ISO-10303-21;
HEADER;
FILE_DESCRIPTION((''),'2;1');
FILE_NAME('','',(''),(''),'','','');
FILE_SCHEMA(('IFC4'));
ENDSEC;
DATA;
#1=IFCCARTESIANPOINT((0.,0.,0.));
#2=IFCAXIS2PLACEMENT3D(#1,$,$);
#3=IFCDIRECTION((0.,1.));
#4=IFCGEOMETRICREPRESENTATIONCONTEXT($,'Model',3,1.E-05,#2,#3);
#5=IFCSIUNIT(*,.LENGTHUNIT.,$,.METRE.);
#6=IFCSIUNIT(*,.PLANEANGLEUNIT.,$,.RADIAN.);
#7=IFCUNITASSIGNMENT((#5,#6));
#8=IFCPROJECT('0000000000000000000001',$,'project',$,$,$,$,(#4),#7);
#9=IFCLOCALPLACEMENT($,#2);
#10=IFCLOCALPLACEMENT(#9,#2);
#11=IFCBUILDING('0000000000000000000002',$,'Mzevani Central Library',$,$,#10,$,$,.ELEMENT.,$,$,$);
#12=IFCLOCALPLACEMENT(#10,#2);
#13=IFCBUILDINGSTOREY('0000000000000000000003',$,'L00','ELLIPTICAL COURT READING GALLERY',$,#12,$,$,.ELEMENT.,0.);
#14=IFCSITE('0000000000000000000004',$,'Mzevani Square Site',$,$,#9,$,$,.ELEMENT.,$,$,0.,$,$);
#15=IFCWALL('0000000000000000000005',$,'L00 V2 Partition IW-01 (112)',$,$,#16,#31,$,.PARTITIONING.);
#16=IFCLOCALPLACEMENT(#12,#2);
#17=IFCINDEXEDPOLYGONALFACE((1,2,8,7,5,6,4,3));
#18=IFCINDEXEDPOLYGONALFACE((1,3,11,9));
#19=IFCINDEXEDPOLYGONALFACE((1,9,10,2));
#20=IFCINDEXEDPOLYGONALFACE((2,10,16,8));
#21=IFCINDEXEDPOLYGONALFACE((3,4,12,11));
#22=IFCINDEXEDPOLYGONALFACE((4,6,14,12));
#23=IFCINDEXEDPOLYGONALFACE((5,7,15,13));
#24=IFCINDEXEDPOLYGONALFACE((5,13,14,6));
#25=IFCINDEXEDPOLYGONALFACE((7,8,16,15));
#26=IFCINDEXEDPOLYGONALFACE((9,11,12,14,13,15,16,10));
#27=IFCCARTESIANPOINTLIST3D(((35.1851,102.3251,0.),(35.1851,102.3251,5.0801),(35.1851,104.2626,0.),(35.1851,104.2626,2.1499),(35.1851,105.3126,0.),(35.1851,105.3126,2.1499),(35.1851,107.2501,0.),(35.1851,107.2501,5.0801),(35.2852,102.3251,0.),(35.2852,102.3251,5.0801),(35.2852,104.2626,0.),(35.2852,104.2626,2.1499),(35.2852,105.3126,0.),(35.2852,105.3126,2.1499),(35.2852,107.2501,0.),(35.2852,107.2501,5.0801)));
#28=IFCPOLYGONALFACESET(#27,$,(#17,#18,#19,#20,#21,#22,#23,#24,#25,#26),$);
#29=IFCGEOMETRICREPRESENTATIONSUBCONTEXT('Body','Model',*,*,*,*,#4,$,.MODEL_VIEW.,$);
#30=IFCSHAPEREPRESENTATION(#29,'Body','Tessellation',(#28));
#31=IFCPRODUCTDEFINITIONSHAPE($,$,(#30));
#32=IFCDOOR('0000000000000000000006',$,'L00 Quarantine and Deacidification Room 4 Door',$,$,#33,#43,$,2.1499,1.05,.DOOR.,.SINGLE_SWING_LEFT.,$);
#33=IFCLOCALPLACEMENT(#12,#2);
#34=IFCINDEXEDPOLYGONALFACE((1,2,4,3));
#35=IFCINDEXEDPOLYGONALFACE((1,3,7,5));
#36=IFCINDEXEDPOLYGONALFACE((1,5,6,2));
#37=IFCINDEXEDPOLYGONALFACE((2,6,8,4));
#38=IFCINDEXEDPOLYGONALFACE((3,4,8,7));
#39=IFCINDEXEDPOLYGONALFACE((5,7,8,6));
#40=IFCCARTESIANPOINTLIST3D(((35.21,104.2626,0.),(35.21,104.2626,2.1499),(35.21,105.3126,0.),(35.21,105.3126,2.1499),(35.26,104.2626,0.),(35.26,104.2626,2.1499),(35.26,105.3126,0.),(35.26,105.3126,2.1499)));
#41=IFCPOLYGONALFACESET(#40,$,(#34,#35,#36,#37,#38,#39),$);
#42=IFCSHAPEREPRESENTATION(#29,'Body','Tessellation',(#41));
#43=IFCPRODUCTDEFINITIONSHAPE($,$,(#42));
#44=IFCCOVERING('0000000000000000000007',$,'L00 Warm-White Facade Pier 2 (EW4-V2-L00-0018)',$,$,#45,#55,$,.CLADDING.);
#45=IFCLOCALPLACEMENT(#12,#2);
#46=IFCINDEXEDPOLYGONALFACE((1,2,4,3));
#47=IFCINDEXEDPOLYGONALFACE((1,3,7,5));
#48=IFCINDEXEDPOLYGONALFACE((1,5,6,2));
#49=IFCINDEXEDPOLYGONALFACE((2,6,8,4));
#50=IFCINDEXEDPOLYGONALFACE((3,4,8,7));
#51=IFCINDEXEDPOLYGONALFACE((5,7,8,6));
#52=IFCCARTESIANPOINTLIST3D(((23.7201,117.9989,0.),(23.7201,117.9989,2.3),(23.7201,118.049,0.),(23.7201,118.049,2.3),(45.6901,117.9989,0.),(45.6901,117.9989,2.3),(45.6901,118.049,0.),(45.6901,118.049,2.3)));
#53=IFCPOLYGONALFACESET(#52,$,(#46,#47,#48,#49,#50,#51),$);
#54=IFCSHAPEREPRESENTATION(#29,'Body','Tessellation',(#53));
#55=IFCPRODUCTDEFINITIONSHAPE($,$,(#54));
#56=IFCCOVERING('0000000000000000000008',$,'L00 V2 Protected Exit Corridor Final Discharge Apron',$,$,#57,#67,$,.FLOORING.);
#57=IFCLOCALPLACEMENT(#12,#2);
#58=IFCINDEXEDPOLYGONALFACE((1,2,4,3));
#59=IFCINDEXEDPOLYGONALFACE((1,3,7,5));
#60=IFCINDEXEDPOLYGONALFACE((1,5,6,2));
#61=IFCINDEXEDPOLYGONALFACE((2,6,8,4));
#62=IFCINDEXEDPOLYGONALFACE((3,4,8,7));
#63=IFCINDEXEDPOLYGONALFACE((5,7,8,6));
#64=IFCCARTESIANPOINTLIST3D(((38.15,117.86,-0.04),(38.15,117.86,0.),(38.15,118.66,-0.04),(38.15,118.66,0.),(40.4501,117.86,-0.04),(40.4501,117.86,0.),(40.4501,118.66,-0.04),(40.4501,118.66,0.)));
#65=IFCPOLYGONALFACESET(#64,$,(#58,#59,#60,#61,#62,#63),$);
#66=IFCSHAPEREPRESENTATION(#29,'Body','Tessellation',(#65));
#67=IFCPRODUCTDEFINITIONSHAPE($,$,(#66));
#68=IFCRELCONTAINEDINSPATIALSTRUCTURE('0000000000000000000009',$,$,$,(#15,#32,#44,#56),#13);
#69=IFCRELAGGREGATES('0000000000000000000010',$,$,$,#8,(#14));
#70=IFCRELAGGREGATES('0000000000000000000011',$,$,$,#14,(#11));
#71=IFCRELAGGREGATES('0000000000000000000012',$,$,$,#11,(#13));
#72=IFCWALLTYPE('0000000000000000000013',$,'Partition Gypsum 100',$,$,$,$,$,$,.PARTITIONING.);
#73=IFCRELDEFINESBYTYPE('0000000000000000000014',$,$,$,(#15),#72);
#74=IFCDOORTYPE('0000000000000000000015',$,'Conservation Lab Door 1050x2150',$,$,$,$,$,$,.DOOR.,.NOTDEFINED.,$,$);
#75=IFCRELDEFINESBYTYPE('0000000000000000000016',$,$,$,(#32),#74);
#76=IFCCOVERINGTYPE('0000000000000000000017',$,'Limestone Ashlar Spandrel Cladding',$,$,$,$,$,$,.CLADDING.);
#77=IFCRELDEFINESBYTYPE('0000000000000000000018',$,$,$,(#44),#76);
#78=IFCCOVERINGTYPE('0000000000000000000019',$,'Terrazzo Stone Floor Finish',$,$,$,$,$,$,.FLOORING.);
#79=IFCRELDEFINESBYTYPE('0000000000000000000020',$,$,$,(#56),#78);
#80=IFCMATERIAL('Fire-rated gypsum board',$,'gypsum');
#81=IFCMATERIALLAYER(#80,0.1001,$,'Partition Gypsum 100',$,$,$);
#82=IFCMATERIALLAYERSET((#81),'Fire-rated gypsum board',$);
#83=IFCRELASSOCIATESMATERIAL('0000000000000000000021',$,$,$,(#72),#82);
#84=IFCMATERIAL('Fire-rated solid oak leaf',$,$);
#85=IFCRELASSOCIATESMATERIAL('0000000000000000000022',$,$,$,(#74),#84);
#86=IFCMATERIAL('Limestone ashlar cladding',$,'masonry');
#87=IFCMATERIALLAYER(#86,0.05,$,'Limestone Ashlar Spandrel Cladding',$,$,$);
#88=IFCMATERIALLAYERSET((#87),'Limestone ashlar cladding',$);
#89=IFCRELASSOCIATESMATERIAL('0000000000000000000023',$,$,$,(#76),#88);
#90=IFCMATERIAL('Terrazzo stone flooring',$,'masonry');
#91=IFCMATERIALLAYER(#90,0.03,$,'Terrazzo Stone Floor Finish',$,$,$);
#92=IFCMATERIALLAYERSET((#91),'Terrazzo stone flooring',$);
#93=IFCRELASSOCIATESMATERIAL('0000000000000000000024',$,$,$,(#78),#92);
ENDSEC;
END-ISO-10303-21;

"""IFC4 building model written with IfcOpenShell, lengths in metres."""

from ifc_helpers import new_model, si_unit, direction, frame, frame_2d, origin, origin_2d, place, context, subcontext, project, spatial, rectangle, extrude, material, layer, layer_set, type_object, element, fill, save


model = new_model("IFC4")

# Units and contexts
model_context = context("Model", 3, precision=1e-05, world=origin(), true_north=direction((0.0, 1.0)))
body_context = subcontext(model_context, "Body", "Model", "MODEL_VIEW")
ifc_project = project(units=[si_unit("LENGTHUNIT", "METRE"), si_unit("PLANEANGLEUNIT", "RADIAN")], contexts=[model_context])

# Site, building, storey
site_placement = place(None, origin())
site = spatial("IfcSite", under=ifc_project, at=site_placement, Name="Mzevani Square Site", CompositionType="ELEMENT", RefElevation=0.0)
building_placement = place(site_placement, origin())
building = spatial("IfcBuilding", under=site, at=building_placement, Name="Mzevani Central Library", CompositionType="ELEMENT")
storey_placement = place(building_placement, origin())
storey = spatial("IfcBuildingStorey", under=building, at=storey_placement, Name="L00", Description="ELLIPTICAL COURT READING GALLERY", CompositionType="ELEMENT", Elevation=0.0)

# Shared definitions
ifc_material_1 = material(Name="Fire-rated gypsum board", Category="gypsum")

# Wall, opening, door
ifc_layer_1 = layer(ifc_material_1, 0.1001, Name="Partition Gypsum 100")
ifc_layer_set_1 = layer_set([ifc_layer_1], Name="Fire-rated gypsum board")
wall_type_1 = type_object("IfcWallType", Name="Partition Gypsum 100", PredefinedType="PARTITIONING", material=ifc_layer_set_1)
wall_1_placement = place(storey_placement, frame((35.2351, 107.25, 0.0), z_axis=(0.0, 0.0, 1.0), x_axis=(0.0, -1.0, 0.0)))
wall_1 = element("IfcWall", 1, at=wall_1_placement, inside=storey, type_object=wall_type_1, Name="L00 V2 Partition IW-01 (112)", PredefinedType="PARTITIONING", context=body_context, shape_type="SweptSolid", body=[
    extrude(rectangle(XDim=4.925, YDim=0.1001, at=frame_2d((2.4624, 0.0))), origin(), (0.0, 0.0, 1.0), 5.0801),
])
opening_placement = place(wall_1_placement, frame((1.9375, 0.0, 0.0)))
opening = element("IfcOpeningElement", 2, at=opening_placement, cuts=wall_1, PredefinedType="OPENING", context=body_context, shape_type="SweptSolid", body=[
    extrude(rectangle(XDim=1.05, YDim=2.1499, at=frame_2d((0.5249, 1.075))), frame((0.0, 0.0601, 0.0), z_axis=(0.0, -1.0, 0.0), x_axis=(1.0, 0.0, 0.0)), (0.0, 0.0, 1.0), 0.1201),
])
ifc_material_2 = material(Name="Fire-rated solid oak leaf")
door_type = type_object("IfcDoorType", Name="Conservation Lab Door 1050x2150", OperationType="NOTDEFINED", PredefinedType="DOOR", material=ifc_material_2)
door_placement = place(opening_placement, origin())
door = element("IfcDoor", 3, at=door_placement, inside=storey, type_object=door_type, Name="L00 Quarantine and Deacidification Room 4 Door", OperationType="SINGLE_SWING_LEFT", OverallHeight=2.1499, OverallWidth=1.05, PredefinedType="DOOR", context=body_context, shape_type="SweptSolid", body=[
    extrude(rectangle(XDim=1.05, YDim=2.1499, at=frame_2d((0.5249, 1.075))), frame((0.0, 0.0249, 0.0), z_axis=(0.0, -1.0, 0.0), x_axis=(1.0, 0.0, 0.0)), (0.0, 0.0, 1.0), 0.05),
])
fill(opening, door)

# Coverings
ifc_material_3 = material(Name="Limestone ashlar cladding", Category="masonry")
ifc_layer_2 = layer(ifc_material_3, 0.05, Name="Limestone Ashlar Spandrel Cladding")
ifc_layer_set_2 = layer_set([ifc_layer_2], Name="Limestone ashlar cladding")
covering_type_1 = type_object("IfcCoveringType", Name="Limestone Ashlar Spandrel Cladding", PredefinedType="CLADDING", material=ifc_layer_set_2)
covering_1_placement = place(storey_placement, frame((34.7051, 118.0239, 0.0), z_axis=(0.0, 0.0, 1.0), x_axis=(1.0, 0.0, 0.0)))
element("IfcCovering", 4, at=covering_1_placement, inside=storey, type_object=covering_type_1, Name="L00 Warm-White Facade Pier 2 (EW4-V2-L00-0018)", PredefinedType="CLADDING", context=body_context, shape_type="SweptSolid", body=[
    extrude(rectangle(XDim=21.97, YDim=0.05, at=origin_2d()), origin(), (0.0, 0.0, 1.0), 2.3),
])
ifc_material_4 = material(Name="Terrazzo stone flooring", Category="masonry")
ifc_layer_3 = layer(ifc_material_4, 0.03, Name="Terrazzo Stone Floor Finish")
ifc_layer_set_3 = layer_set([ifc_layer_3], Name="Terrazzo stone flooring")
covering_type_2 = type_object("IfcCoveringType", Name="Terrazzo Stone Floor Finish", PredefinedType="FLOORING", material=ifc_layer_set_3)
covering_2_placement = place(storey_placement, frame((39.3, 118.26, -0.04), z_axis=(0.0, 0.0, 1.0), x_axis=(1.0, 0.0, 0.0)))
element("IfcCovering", 5, at=covering_2_placement, inside=storey, type_object=covering_type_2, Name="L00 V2 Protected Exit Corridor Final Discharge Apron", PredefinedType="FLOORING", context=body_context, shape_type="SweptSolid", body=[
    extrude(rectangle(XDim=2.3, YDim=0.8, at=origin_2d()), origin(), (0.0, 0.0, 1.0), 0.04),
])

save(model, "model.ifc")
